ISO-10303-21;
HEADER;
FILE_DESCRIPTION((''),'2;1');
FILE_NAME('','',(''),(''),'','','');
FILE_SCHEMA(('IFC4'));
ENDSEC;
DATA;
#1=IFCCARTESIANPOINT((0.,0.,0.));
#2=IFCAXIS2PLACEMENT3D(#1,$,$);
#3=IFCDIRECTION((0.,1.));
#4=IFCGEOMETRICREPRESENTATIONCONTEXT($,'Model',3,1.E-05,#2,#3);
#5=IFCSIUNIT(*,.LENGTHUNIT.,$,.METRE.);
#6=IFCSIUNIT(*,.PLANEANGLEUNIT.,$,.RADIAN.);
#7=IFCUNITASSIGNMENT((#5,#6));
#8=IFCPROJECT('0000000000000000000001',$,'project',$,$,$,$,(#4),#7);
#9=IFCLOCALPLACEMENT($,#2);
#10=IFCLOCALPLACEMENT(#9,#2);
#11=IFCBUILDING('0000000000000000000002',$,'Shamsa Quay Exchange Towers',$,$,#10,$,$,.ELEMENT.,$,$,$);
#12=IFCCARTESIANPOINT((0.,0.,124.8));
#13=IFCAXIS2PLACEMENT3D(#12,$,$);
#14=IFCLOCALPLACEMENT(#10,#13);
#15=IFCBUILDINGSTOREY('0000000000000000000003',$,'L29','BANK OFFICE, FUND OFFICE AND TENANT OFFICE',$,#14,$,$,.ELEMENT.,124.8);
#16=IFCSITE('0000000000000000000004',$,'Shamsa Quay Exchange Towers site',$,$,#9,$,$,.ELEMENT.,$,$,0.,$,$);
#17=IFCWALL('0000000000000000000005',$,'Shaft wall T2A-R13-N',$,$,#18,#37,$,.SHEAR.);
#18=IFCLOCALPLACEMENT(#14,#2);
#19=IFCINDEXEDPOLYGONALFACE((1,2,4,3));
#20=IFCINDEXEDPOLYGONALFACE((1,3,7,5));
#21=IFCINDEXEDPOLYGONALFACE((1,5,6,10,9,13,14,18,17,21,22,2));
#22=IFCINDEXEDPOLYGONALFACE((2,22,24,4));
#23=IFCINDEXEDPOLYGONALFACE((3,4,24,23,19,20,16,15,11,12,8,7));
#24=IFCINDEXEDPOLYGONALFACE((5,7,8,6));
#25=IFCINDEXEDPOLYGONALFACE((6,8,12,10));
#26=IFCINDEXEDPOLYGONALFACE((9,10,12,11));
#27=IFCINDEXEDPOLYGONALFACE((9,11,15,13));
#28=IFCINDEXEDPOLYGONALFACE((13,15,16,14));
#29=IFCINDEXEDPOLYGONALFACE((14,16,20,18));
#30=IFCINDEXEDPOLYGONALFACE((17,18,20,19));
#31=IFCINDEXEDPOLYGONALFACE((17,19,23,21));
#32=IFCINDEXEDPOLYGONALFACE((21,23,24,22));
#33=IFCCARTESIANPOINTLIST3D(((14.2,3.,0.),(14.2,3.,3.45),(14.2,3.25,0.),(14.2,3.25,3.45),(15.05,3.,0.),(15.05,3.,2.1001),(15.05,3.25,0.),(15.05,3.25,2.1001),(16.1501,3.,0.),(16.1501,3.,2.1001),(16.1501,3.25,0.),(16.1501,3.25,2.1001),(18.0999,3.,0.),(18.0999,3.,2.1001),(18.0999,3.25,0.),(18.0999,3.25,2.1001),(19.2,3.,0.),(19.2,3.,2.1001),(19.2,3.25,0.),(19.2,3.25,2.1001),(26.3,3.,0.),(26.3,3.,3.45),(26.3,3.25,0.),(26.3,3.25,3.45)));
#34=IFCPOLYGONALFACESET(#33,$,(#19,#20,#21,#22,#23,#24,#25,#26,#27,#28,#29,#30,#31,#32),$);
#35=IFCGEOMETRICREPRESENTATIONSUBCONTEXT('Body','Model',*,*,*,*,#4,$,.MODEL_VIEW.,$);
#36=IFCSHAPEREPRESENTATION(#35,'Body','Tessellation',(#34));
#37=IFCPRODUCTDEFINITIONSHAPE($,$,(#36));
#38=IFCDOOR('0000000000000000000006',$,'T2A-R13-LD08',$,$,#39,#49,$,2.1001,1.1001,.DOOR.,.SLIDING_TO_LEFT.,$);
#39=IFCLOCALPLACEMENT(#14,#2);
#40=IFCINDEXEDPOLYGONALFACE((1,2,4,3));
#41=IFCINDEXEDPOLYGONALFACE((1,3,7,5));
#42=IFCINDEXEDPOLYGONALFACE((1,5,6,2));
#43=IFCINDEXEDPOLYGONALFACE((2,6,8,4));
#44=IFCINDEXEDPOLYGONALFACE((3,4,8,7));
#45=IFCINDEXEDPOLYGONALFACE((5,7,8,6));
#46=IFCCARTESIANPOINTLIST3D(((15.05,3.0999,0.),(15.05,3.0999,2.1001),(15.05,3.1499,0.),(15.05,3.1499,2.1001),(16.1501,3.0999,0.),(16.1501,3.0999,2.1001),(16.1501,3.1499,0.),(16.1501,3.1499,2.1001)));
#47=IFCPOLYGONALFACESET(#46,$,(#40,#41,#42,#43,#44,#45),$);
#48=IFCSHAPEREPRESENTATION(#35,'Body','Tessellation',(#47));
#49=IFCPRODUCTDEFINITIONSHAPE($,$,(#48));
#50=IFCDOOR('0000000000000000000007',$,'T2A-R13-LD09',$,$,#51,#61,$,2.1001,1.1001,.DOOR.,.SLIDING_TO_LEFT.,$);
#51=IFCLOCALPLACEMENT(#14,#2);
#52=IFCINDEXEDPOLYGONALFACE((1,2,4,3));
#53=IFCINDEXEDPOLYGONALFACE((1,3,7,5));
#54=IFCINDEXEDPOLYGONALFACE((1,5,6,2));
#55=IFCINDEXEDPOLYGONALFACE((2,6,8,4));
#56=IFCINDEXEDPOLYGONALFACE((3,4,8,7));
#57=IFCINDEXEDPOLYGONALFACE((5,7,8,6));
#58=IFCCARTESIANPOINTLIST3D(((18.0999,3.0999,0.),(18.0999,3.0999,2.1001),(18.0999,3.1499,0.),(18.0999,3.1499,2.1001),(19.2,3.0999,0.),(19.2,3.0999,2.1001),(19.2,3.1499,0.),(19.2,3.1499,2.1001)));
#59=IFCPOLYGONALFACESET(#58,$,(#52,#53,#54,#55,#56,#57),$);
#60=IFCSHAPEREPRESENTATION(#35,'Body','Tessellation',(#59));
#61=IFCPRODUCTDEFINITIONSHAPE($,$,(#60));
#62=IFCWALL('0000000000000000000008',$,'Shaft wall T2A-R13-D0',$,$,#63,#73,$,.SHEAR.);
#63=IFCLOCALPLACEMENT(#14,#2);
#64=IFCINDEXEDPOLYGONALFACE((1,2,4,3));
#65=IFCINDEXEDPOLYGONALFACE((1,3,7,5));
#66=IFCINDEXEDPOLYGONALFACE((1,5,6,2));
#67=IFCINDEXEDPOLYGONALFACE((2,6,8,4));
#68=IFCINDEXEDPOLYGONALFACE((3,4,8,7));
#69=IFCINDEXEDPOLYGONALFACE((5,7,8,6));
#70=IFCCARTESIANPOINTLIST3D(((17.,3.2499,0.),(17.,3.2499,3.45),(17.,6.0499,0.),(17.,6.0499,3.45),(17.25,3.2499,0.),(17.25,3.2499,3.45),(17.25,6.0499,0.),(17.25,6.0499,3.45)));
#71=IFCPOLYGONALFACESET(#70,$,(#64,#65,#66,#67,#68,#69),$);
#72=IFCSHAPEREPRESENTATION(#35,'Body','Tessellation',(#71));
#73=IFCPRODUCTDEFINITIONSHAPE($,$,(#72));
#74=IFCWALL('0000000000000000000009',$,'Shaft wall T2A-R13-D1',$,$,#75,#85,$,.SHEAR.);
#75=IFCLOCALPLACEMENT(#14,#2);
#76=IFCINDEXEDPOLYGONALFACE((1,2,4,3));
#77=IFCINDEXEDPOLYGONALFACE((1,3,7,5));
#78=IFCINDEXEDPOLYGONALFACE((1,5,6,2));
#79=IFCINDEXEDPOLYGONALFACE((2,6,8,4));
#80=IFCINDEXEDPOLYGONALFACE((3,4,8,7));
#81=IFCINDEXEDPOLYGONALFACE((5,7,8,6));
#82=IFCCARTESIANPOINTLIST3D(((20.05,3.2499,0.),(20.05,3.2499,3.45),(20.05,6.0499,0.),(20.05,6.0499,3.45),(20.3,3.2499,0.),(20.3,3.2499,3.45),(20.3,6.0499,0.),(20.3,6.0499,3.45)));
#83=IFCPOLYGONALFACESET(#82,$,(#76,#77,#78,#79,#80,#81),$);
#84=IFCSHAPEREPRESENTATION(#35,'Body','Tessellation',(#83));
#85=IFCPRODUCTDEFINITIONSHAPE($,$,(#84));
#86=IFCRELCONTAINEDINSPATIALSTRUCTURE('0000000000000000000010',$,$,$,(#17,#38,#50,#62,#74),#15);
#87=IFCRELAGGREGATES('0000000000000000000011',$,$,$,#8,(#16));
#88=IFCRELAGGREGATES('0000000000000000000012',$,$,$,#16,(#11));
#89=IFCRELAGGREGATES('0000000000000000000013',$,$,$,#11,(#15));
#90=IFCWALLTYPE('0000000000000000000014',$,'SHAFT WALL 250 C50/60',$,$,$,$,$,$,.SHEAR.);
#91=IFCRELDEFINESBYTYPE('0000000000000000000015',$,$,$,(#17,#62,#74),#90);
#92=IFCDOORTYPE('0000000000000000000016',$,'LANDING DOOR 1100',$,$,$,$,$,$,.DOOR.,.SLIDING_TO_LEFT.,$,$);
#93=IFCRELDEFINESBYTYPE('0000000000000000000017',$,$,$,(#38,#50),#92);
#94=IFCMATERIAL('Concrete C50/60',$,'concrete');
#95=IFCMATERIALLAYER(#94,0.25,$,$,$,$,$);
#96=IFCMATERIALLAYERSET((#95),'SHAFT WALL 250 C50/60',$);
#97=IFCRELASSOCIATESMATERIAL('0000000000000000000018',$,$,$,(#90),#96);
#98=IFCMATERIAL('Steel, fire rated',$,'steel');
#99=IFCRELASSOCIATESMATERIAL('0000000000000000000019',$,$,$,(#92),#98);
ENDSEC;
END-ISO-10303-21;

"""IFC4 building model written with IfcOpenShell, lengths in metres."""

from ifc_helpers import new_model, si_unit, direction, frame, frame_2d, origin, place, context, subcontext, project, spatial, rectangle, extrude, material, layer, layer_set, type_object, element, fill, save


model = new_model("IFC4")

# Units and contexts
model_context = context("Model", 3, precision=1e-05, world=origin(), true_north=direction((0.0, 1.0)))
body_context = subcontext(model_context, "Body", "Model", "MODEL_VIEW")
ifc_project = project(units=[si_unit("LENGTHUNIT", "METRE"), si_unit("PLANEANGLEUNIT", "RADIAN")], contexts=[model_context])

# Site, building, storey
site_placement = place(None, origin())
site = spatial("IfcSite", under=ifc_project, at=site_placement, Name="Shamsa Quay Exchange Towers site", CompositionType="ELEMENT", RefElevation=0.0)
building_placement = place(site_placement, origin())
building = spatial("IfcBuilding", under=site, at=building_placement, Name="Shamsa Quay Exchange Towers", CompositionType="ELEMENT")
storey_placement = place(building_placement, frame((0.0, 0.0, 124.8)))
storey = spatial("IfcBuildingStorey", under=building, at=storey_placement, Name="L29", Description="BANK OFFICE, FUND OFFICE AND TENANT OFFICE", CompositionType="ELEMENT", Elevation=124.8)

# Shared definitions
ifc_material_1 = material(Name="Concrete C50/60", Category="concrete")

# Shared definitions
ifc_material_2 = material(Name="Steel, fire rated", Category="steel")

# Wall, openings, doors
ifc_layer_1 = layer(ifc_material_1, 0.25)
ifc_layer_set_1 = layer_set([ifc_layer_1], Name="SHAFT WALL 250 C50/60")
wall_type_1 = type_object("IfcWallType", Name="SHAFT WALL 250 C50/60", PredefinedType="SHEAR", material=ifc_layer_set_1)
wall_1_placement = place(storey_placement, frame((14.2, 3.125, 0.0)))
wall_1 = element("IfcWall", 1, at=wall_1_placement, inside=storey, type_object=wall_type_1, Name="Shaft wall T2A-R13-N", PredefinedType="SHEAR", context=body_context, shape_type="SweptSolid", body=[
    extrude(rectangle(XDim=12.1001, YDim=0.25, at=frame_2d((6.05, 0.0))), origin(), (0.0, 0.0, 1.0), 3.45),
])
opening_1_placement = place(wall_1_placement, frame((0.8501, 0.0, 0.0)))
opening_1 = element("IfcOpeningElement", 2, at=opening_1_placement, cuts=wall_1, PredefinedType="OPENING", context=body_context, shape_type="SweptSolid", body=[
    extrude(rectangle(XDim=1.1001, YDim=2.1001, at=frame_2d((0.55, 1.05))), frame((0.0, 0.135, 0.0), z_axis=(0.0, -1.0, 0.0), x_axis=(1.0, 0.0, 0.0)), (0.0, 0.0, 1.0), 0.27),
])
opening_2_placement = place(wall_1_placement, frame((3.8999, 0.0, 0.0)))
opening_2 = element("IfcOpeningElement", 3, at=opening_2_placement, cuts=wall_1, PredefinedType="OPENING", context=body_context, shape_type="SweptSolid", body=[
    extrude(rectangle(XDim=1.1001, YDim=2.1001, at=frame_2d((0.55, 1.05))), frame((0.0, 0.135, 0.0), z_axis=(0.0, -1.0, 0.0), x_axis=(1.0, 0.0, 0.0)), (0.0, 0.0, 1.0), 0.27),
])
door_type_1 = type_object("IfcDoorType", Name="LANDING DOOR 1100", OperationType="SLIDING_TO_LEFT", PredefinedType="DOOR", material=ifc_material_2)
door_1_placement = place(opening_1_placement, origin())
door_1 = element("IfcDoor", 4, at=door_1_placement, inside=storey, type_object=door_type_1, Name="T2A-R13-LD08", OperationType="SLIDING_TO_LEFT", OverallHeight=2.1001, OverallWidth=1.1001, PredefinedType="DOOR", context=body_context, shape_type="SweptSolid", body=[
    extrude(rectangle(XDim=1.1001, YDim=2.1001, at=frame_2d((0.55, 1.05))), frame((0.0, 0.0249, 0.0), z_axis=(0.0, -1.0, 0.0), x_axis=(1.0, 0.0, 0.0)), (0.0, 0.0, 1.0), 0.05),
])
fill(opening_1, door_1)
door_2_placement = place(opening_2_placement, origin())
door_2 = element("IfcDoor", 5, at=door_2_placement, inside=storey, type_object=door_type_1, Name="T2A-R13-LD09", OperationType="SLIDING_TO_LEFT", OverallHeight=2.1001, OverallWidth=1.1001, PredefinedType="DOOR", context=body_context, shape_type="SweptSolid", body=[
    extrude(rectangle(XDim=1.1001, YDim=2.1001, at=frame_2d((0.55, 1.05))), frame((0.0, 0.0249, 0.0), z_axis=(0.0, -1.0, 0.0), x_axis=(1.0, 0.0, 0.0)), (0.0, 0.0, 1.0), 0.05),
])
fill(opening_2, door_2)

# Walls
for number, where, z_axis, x_axis, name in (
    (6, (17.125, 3.25, 0.0), (0.0, 0.0, 1.0), (0.0, 1.0, 0.0), "Shaft wall T2A-R13-D0"),
    (7, (20.175, 3.25, 0.0), (0.0, 0.0, 1.0), (0.0, 1.0, 0.0), "Shaft wall T2A-R13-D1"),
):
    element("IfcWall", number, at=place(storey_placement, frame(where, z_axis=z_axis, x_axis=x_axis)), inside=storey, type_object=wall_type_1, Name=name, PredefinedType="SHEAR", context=body_context, shape_type="SweptSolid", body=[
        extrude(rectangle(XDim=2.8, YDim=0.25, at=frame_2d((1.3999, 0.0))), origin(), (0.0, 0.0, 1.0), 3.45),
    ])

save(model, "model.ifc")
